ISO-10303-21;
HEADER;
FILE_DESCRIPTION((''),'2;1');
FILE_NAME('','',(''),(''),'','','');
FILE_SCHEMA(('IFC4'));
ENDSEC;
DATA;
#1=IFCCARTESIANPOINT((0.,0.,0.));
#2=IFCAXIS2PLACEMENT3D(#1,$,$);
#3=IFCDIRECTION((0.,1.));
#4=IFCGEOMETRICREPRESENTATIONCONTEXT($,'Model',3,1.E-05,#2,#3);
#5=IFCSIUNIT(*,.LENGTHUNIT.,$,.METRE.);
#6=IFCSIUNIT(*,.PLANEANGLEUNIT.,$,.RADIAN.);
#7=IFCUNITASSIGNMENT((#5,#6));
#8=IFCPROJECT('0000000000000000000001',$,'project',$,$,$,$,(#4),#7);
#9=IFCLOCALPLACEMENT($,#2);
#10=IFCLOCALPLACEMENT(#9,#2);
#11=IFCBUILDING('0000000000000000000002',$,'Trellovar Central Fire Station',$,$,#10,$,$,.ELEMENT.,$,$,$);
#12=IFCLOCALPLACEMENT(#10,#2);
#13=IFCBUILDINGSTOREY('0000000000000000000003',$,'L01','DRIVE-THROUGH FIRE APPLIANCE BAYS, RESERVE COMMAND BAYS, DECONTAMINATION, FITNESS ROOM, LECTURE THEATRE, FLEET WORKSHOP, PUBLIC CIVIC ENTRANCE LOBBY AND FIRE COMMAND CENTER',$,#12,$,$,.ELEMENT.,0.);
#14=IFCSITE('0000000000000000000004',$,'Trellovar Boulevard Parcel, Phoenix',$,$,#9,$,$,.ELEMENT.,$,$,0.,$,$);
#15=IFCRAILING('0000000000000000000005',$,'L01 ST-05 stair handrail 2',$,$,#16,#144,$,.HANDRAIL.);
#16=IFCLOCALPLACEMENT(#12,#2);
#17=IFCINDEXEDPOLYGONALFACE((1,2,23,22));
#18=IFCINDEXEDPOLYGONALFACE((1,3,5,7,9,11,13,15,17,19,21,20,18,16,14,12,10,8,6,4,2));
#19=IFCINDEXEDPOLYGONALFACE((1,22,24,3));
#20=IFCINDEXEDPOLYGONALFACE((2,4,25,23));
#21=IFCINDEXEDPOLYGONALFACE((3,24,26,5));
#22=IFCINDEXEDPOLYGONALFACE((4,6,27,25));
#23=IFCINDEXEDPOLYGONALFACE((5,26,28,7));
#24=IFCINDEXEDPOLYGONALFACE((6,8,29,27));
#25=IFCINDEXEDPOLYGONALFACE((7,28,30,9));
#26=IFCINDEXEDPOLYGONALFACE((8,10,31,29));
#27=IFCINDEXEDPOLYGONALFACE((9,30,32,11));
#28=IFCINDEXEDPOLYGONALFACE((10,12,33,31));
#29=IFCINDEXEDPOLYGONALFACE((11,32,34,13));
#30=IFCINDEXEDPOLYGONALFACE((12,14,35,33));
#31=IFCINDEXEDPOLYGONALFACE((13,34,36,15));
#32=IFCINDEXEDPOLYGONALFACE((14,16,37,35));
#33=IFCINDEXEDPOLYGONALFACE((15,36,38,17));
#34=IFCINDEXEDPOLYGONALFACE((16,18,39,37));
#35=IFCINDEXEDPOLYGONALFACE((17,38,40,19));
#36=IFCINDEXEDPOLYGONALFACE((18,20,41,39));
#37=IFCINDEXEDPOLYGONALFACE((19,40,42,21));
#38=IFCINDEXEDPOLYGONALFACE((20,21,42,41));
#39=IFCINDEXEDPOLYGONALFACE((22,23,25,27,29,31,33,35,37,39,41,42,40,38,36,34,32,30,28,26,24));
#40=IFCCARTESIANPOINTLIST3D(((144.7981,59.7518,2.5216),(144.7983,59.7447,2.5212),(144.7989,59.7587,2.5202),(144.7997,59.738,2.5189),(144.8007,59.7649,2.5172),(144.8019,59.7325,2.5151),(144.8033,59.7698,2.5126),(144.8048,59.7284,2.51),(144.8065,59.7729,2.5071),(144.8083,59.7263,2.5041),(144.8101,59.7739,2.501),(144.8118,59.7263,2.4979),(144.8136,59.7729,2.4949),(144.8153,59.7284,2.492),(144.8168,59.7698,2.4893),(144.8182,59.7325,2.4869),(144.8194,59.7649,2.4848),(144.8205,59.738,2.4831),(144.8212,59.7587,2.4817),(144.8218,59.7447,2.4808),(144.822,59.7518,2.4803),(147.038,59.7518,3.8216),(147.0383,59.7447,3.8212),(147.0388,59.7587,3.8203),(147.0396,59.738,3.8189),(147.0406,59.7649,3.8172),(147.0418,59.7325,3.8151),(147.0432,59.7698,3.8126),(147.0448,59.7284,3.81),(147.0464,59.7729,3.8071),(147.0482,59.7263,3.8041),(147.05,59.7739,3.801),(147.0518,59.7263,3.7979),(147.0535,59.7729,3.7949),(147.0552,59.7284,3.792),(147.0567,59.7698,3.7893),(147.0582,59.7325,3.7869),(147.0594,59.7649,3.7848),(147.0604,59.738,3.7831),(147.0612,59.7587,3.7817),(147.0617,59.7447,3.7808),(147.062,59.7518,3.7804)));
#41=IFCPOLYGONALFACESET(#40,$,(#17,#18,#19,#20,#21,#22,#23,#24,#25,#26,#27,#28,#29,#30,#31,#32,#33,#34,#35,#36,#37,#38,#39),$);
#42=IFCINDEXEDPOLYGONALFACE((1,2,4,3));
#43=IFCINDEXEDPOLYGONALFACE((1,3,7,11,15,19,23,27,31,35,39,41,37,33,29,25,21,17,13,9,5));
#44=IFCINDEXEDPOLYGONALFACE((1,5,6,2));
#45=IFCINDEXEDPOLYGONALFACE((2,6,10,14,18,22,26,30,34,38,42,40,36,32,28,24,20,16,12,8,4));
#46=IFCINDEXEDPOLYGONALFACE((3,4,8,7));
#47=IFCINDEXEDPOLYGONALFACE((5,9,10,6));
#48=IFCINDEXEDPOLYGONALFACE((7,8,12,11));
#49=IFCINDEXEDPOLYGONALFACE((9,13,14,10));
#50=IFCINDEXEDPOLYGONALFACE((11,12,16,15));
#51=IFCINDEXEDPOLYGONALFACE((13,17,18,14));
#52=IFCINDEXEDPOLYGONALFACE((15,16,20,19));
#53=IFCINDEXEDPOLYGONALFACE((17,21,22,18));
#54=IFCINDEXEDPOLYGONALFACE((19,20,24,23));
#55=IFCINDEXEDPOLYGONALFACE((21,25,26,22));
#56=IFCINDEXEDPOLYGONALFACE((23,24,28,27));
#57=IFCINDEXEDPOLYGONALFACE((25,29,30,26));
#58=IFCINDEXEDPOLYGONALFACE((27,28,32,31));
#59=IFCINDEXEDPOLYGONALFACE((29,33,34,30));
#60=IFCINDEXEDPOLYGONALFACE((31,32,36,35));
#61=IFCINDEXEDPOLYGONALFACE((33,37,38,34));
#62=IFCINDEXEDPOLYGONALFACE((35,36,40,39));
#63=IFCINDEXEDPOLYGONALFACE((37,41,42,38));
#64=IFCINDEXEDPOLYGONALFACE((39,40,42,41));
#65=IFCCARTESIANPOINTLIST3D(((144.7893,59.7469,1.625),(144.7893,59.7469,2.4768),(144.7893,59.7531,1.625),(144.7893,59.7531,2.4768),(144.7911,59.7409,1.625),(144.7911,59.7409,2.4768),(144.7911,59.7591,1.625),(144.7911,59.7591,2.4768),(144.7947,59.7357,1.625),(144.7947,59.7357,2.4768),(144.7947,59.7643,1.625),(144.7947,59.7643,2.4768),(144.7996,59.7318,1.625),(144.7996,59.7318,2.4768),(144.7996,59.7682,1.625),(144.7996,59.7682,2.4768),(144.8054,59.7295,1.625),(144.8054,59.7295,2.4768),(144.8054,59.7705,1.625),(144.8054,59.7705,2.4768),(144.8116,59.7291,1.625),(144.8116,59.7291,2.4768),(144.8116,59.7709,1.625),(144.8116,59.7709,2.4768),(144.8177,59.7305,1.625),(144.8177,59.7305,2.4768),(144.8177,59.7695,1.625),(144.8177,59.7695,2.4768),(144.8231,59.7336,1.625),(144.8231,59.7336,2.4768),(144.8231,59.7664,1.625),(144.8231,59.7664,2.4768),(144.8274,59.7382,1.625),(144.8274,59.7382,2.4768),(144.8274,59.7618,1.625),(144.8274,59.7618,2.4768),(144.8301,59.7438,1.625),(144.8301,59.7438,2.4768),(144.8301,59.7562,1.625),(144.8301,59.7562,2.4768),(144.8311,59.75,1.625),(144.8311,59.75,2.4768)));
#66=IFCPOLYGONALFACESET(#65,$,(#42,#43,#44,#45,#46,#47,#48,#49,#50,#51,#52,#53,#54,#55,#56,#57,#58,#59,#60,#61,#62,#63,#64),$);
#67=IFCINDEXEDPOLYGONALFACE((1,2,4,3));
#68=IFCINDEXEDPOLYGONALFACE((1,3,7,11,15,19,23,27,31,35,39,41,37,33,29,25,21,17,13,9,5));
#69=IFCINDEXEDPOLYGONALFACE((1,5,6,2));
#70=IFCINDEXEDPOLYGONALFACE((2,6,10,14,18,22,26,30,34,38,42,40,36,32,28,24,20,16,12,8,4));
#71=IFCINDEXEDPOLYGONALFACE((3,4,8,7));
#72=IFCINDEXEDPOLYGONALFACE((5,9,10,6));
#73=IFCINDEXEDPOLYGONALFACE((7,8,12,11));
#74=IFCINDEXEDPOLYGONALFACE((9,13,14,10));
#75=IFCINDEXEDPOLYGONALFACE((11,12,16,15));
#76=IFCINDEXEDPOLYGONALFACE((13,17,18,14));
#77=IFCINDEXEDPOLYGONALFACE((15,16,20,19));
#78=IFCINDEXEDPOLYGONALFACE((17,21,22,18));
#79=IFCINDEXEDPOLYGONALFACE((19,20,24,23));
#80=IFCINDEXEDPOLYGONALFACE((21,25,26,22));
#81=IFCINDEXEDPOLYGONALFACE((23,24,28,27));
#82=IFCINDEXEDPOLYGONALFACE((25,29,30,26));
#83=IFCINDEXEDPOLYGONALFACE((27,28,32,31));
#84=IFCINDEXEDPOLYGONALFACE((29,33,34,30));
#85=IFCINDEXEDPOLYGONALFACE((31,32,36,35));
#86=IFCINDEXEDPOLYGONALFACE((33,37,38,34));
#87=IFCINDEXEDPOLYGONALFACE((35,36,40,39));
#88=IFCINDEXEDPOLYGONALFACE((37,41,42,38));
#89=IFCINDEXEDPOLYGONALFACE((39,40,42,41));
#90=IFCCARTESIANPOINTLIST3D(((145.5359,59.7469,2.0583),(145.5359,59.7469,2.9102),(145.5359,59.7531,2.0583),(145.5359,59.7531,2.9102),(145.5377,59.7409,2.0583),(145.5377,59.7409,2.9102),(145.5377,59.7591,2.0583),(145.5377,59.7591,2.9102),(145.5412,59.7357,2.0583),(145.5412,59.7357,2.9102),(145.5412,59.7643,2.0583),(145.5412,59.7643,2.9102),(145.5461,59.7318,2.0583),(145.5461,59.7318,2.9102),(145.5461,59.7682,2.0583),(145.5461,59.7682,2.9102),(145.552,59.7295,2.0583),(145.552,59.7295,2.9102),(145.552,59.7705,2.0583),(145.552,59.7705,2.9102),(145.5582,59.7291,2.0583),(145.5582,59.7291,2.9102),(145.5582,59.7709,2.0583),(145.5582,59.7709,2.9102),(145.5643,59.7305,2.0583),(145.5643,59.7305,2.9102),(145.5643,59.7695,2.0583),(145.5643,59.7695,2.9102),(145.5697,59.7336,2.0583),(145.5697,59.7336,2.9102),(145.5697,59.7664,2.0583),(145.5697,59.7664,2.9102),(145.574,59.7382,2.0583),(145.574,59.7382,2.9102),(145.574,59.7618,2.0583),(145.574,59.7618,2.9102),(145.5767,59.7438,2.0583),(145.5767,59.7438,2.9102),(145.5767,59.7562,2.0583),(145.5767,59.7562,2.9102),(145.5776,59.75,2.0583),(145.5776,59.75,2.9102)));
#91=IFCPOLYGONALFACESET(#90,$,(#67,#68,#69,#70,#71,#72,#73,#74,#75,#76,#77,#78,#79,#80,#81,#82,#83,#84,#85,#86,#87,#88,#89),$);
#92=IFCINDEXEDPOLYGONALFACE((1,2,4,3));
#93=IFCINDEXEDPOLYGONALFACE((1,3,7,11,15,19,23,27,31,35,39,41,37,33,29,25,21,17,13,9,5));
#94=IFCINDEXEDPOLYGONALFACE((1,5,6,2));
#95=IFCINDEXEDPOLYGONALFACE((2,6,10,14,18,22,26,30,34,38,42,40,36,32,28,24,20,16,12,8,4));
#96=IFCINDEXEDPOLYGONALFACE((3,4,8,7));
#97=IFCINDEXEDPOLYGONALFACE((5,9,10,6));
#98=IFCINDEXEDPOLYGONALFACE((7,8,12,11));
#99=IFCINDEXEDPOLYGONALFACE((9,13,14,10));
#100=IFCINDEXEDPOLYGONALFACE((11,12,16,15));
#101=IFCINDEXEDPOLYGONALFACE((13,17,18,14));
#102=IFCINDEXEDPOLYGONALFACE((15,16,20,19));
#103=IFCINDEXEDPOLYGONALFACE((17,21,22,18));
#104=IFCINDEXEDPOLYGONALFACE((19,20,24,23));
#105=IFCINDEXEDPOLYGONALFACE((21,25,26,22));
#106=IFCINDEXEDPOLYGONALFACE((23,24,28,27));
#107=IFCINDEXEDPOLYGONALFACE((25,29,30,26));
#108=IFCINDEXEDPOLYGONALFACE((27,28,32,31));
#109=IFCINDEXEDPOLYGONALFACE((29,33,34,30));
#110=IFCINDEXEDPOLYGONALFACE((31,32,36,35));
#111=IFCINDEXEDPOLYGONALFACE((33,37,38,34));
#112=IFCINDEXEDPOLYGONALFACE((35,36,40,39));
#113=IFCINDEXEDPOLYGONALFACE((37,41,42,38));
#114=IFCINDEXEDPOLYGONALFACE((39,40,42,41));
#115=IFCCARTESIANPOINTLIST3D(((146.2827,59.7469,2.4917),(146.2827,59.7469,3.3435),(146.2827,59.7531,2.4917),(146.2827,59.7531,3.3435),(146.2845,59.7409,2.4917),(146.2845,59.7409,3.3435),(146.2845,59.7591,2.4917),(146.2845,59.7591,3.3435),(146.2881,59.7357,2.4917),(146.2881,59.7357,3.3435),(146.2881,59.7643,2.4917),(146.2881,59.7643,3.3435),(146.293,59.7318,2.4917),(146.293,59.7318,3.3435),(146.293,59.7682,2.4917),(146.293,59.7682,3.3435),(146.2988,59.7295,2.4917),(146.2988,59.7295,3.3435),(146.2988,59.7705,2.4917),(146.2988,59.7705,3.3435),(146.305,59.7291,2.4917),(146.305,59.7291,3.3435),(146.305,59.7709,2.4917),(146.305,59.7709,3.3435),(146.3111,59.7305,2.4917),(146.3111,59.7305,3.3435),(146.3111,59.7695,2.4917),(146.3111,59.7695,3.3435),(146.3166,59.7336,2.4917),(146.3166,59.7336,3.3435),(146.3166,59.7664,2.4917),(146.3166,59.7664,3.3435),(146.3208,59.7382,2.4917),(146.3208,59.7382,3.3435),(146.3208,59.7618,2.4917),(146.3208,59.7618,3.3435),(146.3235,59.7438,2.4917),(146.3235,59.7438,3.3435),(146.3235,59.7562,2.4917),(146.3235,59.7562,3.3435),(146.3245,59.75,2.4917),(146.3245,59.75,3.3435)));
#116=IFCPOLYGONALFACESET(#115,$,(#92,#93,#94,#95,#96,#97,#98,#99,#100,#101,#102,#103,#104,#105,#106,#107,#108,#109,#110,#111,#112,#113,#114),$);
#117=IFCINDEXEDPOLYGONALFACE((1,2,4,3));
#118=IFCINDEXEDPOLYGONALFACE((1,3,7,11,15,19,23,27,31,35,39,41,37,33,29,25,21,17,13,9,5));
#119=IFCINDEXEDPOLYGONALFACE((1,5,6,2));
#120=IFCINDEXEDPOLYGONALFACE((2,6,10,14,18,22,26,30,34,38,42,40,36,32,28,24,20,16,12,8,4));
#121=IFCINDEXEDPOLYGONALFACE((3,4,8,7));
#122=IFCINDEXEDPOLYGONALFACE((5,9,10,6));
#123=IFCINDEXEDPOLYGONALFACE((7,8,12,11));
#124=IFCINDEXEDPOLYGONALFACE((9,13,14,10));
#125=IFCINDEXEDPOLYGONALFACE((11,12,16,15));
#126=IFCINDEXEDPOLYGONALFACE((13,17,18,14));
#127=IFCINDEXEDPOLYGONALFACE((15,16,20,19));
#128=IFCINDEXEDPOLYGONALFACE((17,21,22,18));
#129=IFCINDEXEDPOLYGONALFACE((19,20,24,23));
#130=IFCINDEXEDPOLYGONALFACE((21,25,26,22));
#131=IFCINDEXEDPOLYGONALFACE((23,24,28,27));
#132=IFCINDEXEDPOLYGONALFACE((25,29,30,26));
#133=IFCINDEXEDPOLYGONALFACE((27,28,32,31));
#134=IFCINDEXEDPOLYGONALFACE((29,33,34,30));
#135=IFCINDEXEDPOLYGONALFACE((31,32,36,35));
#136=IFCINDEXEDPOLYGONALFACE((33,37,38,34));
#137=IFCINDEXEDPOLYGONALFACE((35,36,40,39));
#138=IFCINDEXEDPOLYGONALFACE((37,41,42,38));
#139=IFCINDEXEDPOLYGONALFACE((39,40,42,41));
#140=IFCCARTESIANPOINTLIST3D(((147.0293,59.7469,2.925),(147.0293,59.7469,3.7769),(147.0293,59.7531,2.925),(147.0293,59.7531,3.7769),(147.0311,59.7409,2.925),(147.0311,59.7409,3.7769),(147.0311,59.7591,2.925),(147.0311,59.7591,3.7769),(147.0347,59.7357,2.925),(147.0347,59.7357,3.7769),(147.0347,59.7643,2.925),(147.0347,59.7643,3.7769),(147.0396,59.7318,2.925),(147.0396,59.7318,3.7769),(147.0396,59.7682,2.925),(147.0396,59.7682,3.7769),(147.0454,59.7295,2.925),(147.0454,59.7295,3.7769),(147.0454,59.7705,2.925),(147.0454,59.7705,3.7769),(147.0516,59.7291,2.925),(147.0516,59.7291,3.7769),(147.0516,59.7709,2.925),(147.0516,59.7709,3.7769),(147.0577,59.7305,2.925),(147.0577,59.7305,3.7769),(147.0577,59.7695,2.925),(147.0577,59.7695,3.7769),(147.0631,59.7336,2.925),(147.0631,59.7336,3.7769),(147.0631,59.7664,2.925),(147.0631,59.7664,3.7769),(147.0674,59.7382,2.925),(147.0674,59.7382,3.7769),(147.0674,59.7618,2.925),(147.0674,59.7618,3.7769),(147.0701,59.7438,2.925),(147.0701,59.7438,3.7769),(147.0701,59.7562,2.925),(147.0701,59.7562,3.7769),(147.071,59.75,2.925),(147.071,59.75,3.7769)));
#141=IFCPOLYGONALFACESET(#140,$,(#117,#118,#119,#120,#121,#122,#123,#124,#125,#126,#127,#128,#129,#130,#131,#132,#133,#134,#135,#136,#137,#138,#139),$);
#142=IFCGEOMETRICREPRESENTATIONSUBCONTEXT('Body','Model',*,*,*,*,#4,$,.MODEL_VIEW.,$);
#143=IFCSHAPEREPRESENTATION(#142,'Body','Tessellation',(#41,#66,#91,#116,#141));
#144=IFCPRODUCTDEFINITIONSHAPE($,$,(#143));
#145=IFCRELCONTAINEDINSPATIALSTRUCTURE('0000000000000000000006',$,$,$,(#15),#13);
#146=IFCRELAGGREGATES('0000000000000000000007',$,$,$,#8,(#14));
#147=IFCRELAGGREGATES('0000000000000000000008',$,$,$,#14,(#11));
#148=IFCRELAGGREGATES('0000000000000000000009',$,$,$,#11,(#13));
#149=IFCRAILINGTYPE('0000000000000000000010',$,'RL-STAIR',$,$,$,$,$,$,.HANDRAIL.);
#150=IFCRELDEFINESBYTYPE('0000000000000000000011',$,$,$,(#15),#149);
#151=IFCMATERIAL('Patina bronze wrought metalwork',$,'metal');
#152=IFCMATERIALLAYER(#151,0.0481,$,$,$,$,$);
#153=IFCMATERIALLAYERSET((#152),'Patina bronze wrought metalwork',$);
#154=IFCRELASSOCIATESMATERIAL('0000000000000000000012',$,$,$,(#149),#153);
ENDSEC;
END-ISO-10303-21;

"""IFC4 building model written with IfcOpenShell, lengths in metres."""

from ifc_helpers import new_model, si_unit, direction, frame, origin, origin_2d, place, context, subcontext, project, spatial, circle, extrude, material, layer, layer_set, type_object, element, save


model = new_model("IFC4")

# Units and contexts
model_context = context("Model", 3, precision=1e-05, world=origin(), true_north=direction((0.0, 1.0)))
body_context = subcontext(model_context, "Body", "Model", "MODEL_VIEW")
ifc_project = project(units=[si_unit("LENGTHUNIT", "METRE"), si_unit("PLANEANGLEUNIT", "RADIAN")], contexts=[model_context])

# Site, building, storey
site_placement = place(None, origin())
site = spatial("IfcSite", under=ifc_project, at=site_placement, Name="Trellovar Boulevard Parcel, Phoenix", CompositionType="ELEMENT", RefElevation=0.0)
building_placement = place(site_placement, origin())
building = spatial("IfcBuilding", under=site, at=building_placement, Name="Trellovar Central Fire Station", CompositionType="ELEMENT")
storey_placement = place(building_placement, origin())
storey = spatial("IfcBuildingStorey", under=building, at=storey_placement, Name="L01", Description="DRIVE-THROUGH FIRE APPLIANCE BAYS, RESERVE COMMAND BAYS, DECONTAMINATION, FITNESS ROOM, LECTURE THEATRE, FLEET WORKSHOP, PUBLIC CIVIC ENTRANCE LOBBY AND FIRE COMMAND CENTER", CompositionType="ELEMENT", Elevation=0.0)

# Railing
ifc_material_1 = material(Name="Patina bronze wrought metalwork", Category="metal")
ifc_layer_1 = layer(ifc_material_1, 0.0481)
ifc_layer_set_1 = layer_set([ifc_layer_1], Name="Patina bronze wrought metalwork")
railing_type_1 = type_object("IfcRailingType", Name="RL-STAIR", PredefinedType="HANDRAIL", material=ifc_layer_set_1)
for number, where, name in (
    (1, (144.8101, 59.75, 1.625), "L01 ST-05 stair handrail 2"),
):
    element("IfcRailing", number, at=place(storey_placement, frame(where)), inside=storey, type_object=railing_type_1, Name=name, PredefinedType="HANDRAIL", context=body_context, shape_type="SweptSolid", body=[
        extrude(circle(Radius=0.0239, at=origin_2d()), frame((0.0, 0.0, 0.876), z_axis=(0.864888, 0.0, 0.501965), x_axis=(0.0, 1.0, 0.0)), (0.0, 0.0, 1.0), 2.5898),
        extrude(circle(Radius=0.021, at=origin_2d()), origin(), (0.0, 0.0, 1.0), 0.8518),
        extrude(circle(Radius=0.021, at=origin_2d()), frame((0.7466, 0.0, 0.4333)), (0.0, 0.0, 1.0), 0.8518),
        extrude(circle(Radius=0.021, at=origin_2d()), frame((1.4934, 0.0, 0.8667)), (0.0, 0.0, 1.0), 0.8518),
        extrude(circle(Radius=0.021, at=origin_2d()), frame((2.24, 0.0, 1.3)), (0.0, 0.0, 1.0), 0.8518),
    ])

save(model, "model.ifc")
